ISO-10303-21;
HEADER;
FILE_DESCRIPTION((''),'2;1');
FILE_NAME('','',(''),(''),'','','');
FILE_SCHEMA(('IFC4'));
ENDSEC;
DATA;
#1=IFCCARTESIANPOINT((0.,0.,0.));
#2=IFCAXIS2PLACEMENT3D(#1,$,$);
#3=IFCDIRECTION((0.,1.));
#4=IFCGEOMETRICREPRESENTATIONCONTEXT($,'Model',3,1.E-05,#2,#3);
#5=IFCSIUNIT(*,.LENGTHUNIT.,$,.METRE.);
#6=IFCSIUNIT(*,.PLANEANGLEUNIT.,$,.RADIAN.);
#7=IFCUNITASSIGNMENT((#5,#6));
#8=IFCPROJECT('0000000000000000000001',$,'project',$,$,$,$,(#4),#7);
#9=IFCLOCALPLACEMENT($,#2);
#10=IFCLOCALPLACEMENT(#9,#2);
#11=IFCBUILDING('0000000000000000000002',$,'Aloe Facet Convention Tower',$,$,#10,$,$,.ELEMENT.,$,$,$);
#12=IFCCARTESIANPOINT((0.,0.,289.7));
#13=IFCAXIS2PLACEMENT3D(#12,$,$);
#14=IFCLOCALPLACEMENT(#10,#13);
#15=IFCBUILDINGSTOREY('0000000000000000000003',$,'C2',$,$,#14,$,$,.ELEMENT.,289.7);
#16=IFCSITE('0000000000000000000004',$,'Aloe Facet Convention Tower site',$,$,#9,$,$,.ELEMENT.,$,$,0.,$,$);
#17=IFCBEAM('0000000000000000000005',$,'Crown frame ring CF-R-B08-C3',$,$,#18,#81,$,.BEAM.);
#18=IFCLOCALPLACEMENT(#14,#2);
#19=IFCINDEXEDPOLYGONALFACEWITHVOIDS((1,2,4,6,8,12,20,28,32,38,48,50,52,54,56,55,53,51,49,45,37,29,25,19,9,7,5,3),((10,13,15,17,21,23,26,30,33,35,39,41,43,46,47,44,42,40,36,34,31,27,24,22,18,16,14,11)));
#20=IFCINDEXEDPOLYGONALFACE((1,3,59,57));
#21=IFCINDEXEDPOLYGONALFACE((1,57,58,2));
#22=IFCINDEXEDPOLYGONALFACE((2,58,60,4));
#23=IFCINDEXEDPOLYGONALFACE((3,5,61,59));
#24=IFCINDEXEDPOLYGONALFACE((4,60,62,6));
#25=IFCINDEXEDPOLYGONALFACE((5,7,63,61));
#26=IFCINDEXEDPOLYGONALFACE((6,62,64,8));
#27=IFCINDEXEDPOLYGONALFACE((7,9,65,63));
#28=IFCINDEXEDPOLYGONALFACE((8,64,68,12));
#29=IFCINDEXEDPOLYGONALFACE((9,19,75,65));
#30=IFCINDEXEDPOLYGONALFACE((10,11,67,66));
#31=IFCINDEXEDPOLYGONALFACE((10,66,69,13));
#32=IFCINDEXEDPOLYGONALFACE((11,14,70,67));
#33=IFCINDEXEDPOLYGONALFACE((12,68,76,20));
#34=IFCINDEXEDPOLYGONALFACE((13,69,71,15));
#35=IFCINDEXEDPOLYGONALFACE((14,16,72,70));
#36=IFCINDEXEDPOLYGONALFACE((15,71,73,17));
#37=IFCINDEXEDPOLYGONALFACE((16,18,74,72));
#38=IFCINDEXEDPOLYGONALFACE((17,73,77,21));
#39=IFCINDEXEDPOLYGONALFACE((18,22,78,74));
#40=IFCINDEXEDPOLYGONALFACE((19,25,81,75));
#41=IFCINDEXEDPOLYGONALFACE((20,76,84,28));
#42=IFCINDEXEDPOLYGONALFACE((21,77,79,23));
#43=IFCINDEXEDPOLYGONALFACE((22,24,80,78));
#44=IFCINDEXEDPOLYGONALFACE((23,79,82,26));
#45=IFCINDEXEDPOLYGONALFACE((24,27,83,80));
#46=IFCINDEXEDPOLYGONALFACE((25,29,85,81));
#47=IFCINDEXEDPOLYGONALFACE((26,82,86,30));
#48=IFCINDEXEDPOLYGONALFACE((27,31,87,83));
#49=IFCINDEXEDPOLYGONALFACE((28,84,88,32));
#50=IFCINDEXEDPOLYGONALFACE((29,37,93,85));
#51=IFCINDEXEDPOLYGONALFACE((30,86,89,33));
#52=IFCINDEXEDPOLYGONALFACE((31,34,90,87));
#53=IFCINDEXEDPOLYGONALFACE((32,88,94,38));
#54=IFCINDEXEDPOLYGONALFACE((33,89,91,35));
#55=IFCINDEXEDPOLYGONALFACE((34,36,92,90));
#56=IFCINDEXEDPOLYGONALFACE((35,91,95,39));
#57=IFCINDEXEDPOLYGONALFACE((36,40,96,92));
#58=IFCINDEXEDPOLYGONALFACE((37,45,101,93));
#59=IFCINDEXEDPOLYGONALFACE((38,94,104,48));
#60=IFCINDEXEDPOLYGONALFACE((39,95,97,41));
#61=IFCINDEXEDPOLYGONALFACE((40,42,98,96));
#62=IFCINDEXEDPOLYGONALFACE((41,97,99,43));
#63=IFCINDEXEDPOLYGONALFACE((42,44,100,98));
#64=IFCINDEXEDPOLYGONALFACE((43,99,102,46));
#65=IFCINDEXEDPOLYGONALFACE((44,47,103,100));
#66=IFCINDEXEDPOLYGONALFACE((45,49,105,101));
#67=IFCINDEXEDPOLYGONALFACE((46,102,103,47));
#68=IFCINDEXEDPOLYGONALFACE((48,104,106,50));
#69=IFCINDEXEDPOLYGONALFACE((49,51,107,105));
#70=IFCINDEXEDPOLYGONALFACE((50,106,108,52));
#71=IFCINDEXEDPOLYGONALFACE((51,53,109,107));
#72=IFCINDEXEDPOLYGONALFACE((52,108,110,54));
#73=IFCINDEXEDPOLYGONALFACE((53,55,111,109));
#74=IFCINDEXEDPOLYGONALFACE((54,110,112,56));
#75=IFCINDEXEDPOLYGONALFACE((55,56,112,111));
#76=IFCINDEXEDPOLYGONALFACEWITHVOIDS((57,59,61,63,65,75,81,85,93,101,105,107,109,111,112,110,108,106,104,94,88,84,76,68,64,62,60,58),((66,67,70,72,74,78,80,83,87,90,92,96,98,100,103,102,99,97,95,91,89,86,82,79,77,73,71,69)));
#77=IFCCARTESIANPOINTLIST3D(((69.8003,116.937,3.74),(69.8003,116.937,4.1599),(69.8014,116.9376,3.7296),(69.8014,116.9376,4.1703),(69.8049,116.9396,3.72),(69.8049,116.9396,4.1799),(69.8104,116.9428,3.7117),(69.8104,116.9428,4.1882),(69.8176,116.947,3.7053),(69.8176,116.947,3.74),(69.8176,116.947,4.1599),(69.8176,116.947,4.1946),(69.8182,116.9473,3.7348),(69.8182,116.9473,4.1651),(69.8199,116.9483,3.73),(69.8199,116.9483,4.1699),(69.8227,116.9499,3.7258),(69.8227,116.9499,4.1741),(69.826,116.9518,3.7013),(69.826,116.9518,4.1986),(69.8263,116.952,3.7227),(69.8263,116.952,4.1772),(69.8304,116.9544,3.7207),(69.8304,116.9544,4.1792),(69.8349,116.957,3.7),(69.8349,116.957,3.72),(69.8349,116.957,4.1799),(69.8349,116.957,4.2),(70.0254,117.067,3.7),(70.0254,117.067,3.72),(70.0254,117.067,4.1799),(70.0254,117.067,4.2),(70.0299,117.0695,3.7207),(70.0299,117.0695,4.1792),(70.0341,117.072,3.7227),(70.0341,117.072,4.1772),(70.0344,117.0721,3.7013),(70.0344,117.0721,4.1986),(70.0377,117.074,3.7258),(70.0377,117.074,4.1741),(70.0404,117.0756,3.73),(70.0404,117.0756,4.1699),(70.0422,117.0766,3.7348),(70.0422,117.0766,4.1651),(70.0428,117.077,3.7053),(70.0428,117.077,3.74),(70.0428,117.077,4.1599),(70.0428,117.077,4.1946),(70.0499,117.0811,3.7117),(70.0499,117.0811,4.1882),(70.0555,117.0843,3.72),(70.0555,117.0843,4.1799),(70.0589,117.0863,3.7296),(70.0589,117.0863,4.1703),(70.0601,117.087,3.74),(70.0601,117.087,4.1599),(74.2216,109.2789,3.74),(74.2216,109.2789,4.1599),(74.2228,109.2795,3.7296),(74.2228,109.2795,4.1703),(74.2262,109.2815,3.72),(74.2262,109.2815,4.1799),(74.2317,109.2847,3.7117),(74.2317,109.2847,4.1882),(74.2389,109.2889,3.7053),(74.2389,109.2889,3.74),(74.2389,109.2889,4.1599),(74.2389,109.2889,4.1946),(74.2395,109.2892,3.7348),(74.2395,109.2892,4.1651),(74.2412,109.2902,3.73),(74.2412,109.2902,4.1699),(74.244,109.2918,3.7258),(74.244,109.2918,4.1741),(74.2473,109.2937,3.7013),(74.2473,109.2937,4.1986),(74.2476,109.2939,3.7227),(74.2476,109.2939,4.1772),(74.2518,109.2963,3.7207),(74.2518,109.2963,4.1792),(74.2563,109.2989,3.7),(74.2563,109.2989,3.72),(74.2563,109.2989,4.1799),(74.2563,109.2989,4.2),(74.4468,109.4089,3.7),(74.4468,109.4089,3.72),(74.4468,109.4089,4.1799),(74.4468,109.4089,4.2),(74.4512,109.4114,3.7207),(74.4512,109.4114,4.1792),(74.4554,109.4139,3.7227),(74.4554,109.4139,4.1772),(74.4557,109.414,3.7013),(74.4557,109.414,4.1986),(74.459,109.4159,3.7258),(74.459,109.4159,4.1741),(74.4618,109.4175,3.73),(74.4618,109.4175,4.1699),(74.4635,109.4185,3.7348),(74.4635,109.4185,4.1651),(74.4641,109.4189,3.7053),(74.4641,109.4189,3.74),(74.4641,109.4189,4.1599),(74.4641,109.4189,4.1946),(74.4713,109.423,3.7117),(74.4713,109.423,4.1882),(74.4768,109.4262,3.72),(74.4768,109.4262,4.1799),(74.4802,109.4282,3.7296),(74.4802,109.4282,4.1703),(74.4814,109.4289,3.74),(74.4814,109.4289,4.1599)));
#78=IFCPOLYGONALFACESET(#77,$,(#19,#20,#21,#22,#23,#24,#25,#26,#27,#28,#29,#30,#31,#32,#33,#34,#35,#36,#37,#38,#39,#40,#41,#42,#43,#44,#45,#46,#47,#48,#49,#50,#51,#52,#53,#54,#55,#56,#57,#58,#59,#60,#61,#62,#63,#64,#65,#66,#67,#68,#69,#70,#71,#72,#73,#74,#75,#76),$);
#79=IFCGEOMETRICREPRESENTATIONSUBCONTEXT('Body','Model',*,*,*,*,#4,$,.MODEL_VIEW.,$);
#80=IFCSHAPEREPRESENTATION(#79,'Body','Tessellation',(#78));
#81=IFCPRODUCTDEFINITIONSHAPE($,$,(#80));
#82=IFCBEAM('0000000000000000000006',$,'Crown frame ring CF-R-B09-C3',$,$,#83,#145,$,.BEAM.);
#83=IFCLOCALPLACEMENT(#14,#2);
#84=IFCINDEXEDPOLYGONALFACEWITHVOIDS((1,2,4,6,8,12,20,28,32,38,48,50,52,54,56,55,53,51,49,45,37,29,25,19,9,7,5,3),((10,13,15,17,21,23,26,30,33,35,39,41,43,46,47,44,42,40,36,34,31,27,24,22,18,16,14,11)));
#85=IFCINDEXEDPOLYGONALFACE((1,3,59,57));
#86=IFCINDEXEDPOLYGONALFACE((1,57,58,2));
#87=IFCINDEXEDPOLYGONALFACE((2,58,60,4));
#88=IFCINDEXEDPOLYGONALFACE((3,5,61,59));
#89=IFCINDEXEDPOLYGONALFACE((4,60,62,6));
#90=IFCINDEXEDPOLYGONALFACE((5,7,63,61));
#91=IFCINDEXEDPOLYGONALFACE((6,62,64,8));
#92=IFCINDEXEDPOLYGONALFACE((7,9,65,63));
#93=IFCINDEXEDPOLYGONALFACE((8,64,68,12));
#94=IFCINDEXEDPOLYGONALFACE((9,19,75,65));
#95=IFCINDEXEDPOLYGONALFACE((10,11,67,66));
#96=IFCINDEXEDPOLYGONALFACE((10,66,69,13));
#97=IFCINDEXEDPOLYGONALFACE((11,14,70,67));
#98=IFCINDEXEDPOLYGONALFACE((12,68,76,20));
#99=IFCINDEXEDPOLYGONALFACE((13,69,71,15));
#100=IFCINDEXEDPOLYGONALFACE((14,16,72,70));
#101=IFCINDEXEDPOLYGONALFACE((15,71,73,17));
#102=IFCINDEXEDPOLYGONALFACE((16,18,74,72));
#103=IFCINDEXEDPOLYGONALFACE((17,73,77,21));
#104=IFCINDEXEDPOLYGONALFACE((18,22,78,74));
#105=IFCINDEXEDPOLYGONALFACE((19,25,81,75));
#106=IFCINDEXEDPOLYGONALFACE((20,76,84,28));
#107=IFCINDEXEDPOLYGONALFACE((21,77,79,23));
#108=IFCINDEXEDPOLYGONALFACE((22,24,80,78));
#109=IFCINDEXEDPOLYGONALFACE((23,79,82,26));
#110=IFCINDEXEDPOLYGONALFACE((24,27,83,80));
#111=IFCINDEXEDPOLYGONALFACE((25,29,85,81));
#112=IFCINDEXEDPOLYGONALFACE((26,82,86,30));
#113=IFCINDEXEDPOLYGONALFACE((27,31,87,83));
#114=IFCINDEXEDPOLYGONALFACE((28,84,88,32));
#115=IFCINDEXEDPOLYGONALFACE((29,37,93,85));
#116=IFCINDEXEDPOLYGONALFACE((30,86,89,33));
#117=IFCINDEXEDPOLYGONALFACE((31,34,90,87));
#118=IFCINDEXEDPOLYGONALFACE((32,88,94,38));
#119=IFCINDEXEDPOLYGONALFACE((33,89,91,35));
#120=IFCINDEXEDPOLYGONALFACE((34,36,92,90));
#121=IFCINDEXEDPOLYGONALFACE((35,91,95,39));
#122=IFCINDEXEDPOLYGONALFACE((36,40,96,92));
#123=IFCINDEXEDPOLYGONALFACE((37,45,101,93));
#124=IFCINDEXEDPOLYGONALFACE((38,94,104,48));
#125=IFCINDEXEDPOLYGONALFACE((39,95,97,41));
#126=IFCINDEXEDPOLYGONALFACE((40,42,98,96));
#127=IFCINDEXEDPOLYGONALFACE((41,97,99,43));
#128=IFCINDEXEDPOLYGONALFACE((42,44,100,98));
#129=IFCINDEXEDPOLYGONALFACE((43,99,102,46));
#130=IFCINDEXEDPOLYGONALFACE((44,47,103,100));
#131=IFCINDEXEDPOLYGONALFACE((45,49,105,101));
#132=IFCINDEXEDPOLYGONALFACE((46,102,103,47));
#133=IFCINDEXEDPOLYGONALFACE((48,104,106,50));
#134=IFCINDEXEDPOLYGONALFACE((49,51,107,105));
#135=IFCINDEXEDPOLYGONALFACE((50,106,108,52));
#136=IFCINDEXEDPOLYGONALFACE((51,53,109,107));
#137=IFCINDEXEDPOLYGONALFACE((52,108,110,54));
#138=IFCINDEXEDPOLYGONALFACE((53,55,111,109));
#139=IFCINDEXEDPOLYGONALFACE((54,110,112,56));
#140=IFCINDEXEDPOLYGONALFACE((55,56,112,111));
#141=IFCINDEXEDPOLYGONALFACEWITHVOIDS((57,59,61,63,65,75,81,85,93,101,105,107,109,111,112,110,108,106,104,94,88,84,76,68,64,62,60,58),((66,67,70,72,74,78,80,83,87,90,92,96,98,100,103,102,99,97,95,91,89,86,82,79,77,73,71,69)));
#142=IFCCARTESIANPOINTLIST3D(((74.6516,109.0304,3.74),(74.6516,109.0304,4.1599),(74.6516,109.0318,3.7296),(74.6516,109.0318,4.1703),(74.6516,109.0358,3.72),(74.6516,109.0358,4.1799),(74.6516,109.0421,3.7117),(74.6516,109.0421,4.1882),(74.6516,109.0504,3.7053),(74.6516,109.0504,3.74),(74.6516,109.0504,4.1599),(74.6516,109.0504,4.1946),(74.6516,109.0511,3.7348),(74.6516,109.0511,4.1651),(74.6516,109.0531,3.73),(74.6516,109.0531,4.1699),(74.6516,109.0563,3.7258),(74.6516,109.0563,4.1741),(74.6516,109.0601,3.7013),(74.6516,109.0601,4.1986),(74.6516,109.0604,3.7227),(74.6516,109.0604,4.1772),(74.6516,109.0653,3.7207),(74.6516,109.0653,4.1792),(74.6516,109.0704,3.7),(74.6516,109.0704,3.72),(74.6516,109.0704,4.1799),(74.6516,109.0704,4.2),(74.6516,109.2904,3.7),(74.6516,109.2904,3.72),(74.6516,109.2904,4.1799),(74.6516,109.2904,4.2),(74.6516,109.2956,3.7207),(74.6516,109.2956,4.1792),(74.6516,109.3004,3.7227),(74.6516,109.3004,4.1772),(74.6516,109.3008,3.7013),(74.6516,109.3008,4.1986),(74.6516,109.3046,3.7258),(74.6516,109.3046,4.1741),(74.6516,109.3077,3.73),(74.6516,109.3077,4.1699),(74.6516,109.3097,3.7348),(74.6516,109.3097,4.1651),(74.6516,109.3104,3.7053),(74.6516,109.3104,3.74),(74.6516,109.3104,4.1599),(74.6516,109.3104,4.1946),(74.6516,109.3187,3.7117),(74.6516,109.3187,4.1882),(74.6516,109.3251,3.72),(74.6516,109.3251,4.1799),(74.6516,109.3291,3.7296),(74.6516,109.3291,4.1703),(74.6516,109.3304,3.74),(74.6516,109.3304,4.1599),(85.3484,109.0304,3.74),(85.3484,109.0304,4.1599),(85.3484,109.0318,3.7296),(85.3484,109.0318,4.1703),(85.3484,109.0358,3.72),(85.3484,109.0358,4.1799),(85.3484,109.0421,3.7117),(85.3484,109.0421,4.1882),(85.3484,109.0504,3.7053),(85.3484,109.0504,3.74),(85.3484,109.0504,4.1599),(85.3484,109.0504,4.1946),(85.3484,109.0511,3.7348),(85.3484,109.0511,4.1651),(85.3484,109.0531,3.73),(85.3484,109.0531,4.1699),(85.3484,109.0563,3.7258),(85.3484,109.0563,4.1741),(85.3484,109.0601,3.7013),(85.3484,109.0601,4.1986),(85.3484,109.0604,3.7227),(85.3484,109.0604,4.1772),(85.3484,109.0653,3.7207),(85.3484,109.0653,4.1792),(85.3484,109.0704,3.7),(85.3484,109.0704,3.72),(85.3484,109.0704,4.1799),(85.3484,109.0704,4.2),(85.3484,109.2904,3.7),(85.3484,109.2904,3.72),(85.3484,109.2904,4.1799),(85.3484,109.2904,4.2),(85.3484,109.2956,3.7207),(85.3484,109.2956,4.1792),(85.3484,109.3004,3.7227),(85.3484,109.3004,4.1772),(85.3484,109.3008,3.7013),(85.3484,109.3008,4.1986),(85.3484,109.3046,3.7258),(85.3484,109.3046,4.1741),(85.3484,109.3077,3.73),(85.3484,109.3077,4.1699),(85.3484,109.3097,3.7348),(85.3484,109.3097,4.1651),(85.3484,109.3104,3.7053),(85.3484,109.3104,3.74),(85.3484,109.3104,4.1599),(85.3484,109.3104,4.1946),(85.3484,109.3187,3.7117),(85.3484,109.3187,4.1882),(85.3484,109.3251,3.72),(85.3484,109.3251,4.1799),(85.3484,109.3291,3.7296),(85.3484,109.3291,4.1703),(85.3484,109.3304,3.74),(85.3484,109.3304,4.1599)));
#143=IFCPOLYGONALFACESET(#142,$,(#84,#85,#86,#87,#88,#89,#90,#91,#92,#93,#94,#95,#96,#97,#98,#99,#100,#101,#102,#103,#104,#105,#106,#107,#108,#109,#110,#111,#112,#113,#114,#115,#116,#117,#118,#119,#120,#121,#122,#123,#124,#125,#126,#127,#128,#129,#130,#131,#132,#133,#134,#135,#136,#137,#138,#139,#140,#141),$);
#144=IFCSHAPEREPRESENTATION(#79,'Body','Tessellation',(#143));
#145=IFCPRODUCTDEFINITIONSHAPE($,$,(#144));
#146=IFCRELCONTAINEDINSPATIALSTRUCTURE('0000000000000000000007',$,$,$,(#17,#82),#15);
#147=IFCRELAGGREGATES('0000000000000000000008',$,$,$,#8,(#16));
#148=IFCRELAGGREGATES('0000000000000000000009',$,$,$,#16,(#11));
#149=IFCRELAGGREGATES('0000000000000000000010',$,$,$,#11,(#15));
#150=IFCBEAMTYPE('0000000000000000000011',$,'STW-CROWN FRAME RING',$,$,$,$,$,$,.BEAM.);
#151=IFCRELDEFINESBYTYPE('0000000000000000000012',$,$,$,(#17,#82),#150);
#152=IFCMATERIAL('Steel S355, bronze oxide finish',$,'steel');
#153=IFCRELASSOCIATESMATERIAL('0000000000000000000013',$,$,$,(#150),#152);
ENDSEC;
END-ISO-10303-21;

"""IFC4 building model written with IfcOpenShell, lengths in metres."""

from ifc_helpers import new_model, si_unit, direction, frame, origin, origin_2d, place, context, subcontext, project, spatial, hollow_rectangle, extrude, material, material_profile, profile_set, type_object, element, save


model = new_model("IFC4")

# Units and contexts
model_context = context("Model", 3, precision=1e-05, world=origin(), true_north=direction((0.0, 1.0)))
body_context = subcontext(model_context, "Body", "Model", "MODEL_VIEW")
ifc_project = project(units=[si_unit("LENGTHUNIT", "METRE"), si_unit("PLANEANGLEUNIT", "RADIAN")], contexts=[model_context])

# Site, building, storey
site_placement = place(None, origin())
site = spatial("IfcSite", under=ifc_project, at=site_placement, Name="Aloe Facet Convention Tower site", CompositionType="ELEMENT", RefElevation=0.0)
building_placement = place(site_placement, origin())
building = spatial("IfcBuilding", under=site, at=building_placement, Name="Aloe Facet Convention Tower", CompositionType="ELEMENT")
storey_placement = place(building_placement, frame((0.0, 0.0, 289.7)))
storey = spatial("IfcBuildingStorey", under=building, at=storey_placement, Name="C2", CompositionType="ELEMENT", Elevation=289.7)

# Beams
ifc_material_1 = material(Name="Steel S355, bronze oxide finish", Category="steel")
ifc_material_profile_1 = material_profile(ifc_material_1, hollow_rectangle(XDim=0.3, YDim=0.5, WallThickness=0.02, InnerFilletRadius=0.02, OuterFilletRadius=0.04, at=origin_2d()), Name="RHS 500x300x20")
ifc_profile_set_1 = profile_set([ifc_material_profile_1], Name="Steel S355, bronze oxide finish")
beam_type_1 = type_object("IfcBeamType", Name="STW-CROWN FRAME RING", PredefinedType="BEAM", material=ifc_profile_set_1)
beam_1_placement = place(storey_placement, frame((69.9302, 117.012, 3.95), z_axis=(0.499993, -0.866029, 0.0), x_axis=(0.866029, 0.499993, 0.0)))
element("IfcBeam", 1, at=beam_1_placement, inside=storey, type_object=beam_type_1, Name="Crown frame ring CF-R-B08-C3", PredefinedType="BEAM", context=body_context, shape_type="SweptSolid", body=[
    extrude(hollow_rectangle(XDim=0.3, YDim=0.5, WallThickness=0.02, InnerFilletRadius=0.02, OuterFilletRadius=0.04, at=origin_2d()), origin(), (0.0, 0.0, 1.0), 8.8428),
])
beam_2_placement = place(storey_placement, frame((74.6516, 109.1804, 3.95), z_axis=(1.0, 0.0, 0.0), x_axis=(0.0, 1.0, 0.0)))
element("IfcBeam", 2, at=beam_2_placement, inside=storey, type_object=beam_type_1, Name="Crown frame ring CF-R-B09-C3", PredefinedType="BEAM", context=body_context, shape_type="SweptSolid", body=[
    extrude(hollow_rectangle(XDim=0.3, YDim=0.5, WallThickness=0.02, InnerFilletRadius=0.02, OuterFilletRadius=0.04, at=origin_2d()), origin(), (0.0, 0.0, 1.0), 10.6968),
])

save(model, "model.ifc")
